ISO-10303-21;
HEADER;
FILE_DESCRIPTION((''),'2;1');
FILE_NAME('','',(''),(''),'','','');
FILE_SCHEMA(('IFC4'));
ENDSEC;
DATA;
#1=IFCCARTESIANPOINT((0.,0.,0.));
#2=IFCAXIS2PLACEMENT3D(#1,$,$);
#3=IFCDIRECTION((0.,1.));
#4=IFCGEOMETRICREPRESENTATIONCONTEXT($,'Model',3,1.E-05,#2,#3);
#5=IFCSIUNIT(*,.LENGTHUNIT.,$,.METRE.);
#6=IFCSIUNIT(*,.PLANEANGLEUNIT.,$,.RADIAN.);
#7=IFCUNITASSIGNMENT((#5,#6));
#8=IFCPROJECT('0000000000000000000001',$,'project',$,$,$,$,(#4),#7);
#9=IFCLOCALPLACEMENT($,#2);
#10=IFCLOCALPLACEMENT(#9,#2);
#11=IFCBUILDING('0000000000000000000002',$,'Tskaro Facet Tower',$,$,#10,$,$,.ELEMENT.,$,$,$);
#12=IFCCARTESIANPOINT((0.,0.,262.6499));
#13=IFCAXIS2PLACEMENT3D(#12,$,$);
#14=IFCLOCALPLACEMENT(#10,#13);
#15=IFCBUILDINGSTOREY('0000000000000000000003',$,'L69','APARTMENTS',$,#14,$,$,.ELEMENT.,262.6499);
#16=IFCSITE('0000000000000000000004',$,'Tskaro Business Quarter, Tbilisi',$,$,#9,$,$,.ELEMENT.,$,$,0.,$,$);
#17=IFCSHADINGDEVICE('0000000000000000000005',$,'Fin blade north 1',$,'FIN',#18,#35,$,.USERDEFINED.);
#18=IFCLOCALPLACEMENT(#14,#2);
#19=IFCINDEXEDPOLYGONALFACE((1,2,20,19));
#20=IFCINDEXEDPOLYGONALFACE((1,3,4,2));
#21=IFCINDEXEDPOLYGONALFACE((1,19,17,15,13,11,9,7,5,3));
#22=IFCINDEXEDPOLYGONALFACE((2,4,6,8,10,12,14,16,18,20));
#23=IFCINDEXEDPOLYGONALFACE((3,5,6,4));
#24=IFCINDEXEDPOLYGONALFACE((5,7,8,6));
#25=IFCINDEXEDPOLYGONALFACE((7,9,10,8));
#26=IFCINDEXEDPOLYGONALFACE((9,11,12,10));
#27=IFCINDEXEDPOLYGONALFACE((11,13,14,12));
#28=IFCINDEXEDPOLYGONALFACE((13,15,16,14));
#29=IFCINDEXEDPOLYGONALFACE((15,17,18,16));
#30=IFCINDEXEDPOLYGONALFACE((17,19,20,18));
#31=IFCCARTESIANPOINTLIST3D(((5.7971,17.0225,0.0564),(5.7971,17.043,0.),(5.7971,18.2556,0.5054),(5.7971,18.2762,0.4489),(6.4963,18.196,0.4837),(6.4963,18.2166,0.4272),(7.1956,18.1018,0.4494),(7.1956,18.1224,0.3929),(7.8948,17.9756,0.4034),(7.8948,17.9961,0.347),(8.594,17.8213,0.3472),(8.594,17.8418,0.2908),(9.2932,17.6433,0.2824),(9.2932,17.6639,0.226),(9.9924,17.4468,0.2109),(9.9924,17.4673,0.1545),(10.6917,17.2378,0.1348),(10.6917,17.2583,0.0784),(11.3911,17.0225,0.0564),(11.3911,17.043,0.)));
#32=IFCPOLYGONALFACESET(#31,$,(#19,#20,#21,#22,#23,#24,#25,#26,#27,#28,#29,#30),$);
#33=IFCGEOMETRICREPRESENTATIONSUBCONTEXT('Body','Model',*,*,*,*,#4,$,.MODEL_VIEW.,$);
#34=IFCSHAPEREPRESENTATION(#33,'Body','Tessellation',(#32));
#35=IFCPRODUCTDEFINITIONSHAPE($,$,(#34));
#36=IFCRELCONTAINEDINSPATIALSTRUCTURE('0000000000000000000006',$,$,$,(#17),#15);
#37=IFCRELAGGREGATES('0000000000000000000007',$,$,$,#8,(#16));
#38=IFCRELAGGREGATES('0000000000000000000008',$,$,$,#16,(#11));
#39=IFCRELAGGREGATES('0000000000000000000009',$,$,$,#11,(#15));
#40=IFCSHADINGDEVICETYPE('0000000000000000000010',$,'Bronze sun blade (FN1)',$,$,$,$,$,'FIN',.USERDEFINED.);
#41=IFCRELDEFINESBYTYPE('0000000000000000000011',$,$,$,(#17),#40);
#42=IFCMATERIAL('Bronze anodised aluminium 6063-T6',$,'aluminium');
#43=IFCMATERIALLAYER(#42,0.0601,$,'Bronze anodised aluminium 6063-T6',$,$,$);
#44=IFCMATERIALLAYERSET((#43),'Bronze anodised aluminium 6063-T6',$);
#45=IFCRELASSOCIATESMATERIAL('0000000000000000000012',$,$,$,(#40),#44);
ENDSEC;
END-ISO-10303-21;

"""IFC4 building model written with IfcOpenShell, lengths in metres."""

from ifc_helpers import new_model, si_unit, direction, frame, origin, place, context, subcontext, project, spatial, polyline, outline, extrude, material, layer, layer_set, type_object, element, save


model = new_model("IFC4")

# Units and contexts
model_context = context("Model", 3, precision=1e-05, world=origin(), true_north=direction((0.0, 1.0)))
body_context = subcontext(model_context, "Body", "Model", "MODEL_VIEW")
ifc_project = project(units=[si_unit("LENGTHUNIT", "METRE"), si_unit("PLANEANGLEUNIT", "RADIAN")], contexts=[model_context])

# Site, building, storey
site_placement = place(None, origin())
site = spatial("IfcSite", under=ifc_project, at=site_placement, Name="Tskaro Business Quarter, Tbilisi", CompositionType="ELEMENT", RefElevation=0.0)
building_placement = place(site_placement, origin())
building = spatial("IfcBuilding", under=site, at=building_placement, Name="Tskaro Facet Tower", CompositionType="ELEMENT")
storey_placement = place(building_placement, frame((0.0, 0.0, 262.6499)))
storey = spatial("IfcBuildingStorey", under=building, at=storey_placement, Name="L69", Description="APARTMENTS", CompositionType="ELEMENT", Elevation=262.6499)

# Shared definitions
ifc_material_1 = material(Name="Bronze anodised aluminium 6063-T6", Category="aluminium")

# Shading device
ifc_layer_1 = layer(ifc_material_1, 0.0601, Name="Bronze anodised aluminium 6063-T6")
ifc_layer_set_1 = layer_set([ifc_layer_1], Name="Bronze anodised aluminium 6063-T6")
shading_device_type = type_object("IfcShadingDeviceType", Name="Bronze sun blade (FN1)", ElementType="FIN", PredefinedType="USERDEFINED", material=ifc_layer_set_1)
shading_device_1_placement = place(storey_placement, frame((11.3911, 17.0225, 0.0564), z_axis=(0.000002, -0.342108, 0.939661), x_axis=(-1.0, -0.000001, 0.000002)))
element("IfcShadingDevice", 1, at=shading_device_1_placement, inside=storey, type_object=shading_device_type, Name="Fin blade north 1", ObjectType="FIN", PredefinedType="USERDEFINED", context=body_context, shape_type="SweptSolid", body=[
    extrude(outline(polyline([(0.0, 0.0), (5.594, 0.0), (5.594, -1.3123), (4.8948, -1.2489), (4.1956, -1.1487), (3.4963, -1.0143), (2.7971, -0.8501), (2.0979, -0.6607), (1.3987, -0.4516), (0.6995, -0.2291), (0.0, 0.0)])), origin(), (0.0, 0.0, -1.0), 0.0601),
])

save(model, "model.ifc")
